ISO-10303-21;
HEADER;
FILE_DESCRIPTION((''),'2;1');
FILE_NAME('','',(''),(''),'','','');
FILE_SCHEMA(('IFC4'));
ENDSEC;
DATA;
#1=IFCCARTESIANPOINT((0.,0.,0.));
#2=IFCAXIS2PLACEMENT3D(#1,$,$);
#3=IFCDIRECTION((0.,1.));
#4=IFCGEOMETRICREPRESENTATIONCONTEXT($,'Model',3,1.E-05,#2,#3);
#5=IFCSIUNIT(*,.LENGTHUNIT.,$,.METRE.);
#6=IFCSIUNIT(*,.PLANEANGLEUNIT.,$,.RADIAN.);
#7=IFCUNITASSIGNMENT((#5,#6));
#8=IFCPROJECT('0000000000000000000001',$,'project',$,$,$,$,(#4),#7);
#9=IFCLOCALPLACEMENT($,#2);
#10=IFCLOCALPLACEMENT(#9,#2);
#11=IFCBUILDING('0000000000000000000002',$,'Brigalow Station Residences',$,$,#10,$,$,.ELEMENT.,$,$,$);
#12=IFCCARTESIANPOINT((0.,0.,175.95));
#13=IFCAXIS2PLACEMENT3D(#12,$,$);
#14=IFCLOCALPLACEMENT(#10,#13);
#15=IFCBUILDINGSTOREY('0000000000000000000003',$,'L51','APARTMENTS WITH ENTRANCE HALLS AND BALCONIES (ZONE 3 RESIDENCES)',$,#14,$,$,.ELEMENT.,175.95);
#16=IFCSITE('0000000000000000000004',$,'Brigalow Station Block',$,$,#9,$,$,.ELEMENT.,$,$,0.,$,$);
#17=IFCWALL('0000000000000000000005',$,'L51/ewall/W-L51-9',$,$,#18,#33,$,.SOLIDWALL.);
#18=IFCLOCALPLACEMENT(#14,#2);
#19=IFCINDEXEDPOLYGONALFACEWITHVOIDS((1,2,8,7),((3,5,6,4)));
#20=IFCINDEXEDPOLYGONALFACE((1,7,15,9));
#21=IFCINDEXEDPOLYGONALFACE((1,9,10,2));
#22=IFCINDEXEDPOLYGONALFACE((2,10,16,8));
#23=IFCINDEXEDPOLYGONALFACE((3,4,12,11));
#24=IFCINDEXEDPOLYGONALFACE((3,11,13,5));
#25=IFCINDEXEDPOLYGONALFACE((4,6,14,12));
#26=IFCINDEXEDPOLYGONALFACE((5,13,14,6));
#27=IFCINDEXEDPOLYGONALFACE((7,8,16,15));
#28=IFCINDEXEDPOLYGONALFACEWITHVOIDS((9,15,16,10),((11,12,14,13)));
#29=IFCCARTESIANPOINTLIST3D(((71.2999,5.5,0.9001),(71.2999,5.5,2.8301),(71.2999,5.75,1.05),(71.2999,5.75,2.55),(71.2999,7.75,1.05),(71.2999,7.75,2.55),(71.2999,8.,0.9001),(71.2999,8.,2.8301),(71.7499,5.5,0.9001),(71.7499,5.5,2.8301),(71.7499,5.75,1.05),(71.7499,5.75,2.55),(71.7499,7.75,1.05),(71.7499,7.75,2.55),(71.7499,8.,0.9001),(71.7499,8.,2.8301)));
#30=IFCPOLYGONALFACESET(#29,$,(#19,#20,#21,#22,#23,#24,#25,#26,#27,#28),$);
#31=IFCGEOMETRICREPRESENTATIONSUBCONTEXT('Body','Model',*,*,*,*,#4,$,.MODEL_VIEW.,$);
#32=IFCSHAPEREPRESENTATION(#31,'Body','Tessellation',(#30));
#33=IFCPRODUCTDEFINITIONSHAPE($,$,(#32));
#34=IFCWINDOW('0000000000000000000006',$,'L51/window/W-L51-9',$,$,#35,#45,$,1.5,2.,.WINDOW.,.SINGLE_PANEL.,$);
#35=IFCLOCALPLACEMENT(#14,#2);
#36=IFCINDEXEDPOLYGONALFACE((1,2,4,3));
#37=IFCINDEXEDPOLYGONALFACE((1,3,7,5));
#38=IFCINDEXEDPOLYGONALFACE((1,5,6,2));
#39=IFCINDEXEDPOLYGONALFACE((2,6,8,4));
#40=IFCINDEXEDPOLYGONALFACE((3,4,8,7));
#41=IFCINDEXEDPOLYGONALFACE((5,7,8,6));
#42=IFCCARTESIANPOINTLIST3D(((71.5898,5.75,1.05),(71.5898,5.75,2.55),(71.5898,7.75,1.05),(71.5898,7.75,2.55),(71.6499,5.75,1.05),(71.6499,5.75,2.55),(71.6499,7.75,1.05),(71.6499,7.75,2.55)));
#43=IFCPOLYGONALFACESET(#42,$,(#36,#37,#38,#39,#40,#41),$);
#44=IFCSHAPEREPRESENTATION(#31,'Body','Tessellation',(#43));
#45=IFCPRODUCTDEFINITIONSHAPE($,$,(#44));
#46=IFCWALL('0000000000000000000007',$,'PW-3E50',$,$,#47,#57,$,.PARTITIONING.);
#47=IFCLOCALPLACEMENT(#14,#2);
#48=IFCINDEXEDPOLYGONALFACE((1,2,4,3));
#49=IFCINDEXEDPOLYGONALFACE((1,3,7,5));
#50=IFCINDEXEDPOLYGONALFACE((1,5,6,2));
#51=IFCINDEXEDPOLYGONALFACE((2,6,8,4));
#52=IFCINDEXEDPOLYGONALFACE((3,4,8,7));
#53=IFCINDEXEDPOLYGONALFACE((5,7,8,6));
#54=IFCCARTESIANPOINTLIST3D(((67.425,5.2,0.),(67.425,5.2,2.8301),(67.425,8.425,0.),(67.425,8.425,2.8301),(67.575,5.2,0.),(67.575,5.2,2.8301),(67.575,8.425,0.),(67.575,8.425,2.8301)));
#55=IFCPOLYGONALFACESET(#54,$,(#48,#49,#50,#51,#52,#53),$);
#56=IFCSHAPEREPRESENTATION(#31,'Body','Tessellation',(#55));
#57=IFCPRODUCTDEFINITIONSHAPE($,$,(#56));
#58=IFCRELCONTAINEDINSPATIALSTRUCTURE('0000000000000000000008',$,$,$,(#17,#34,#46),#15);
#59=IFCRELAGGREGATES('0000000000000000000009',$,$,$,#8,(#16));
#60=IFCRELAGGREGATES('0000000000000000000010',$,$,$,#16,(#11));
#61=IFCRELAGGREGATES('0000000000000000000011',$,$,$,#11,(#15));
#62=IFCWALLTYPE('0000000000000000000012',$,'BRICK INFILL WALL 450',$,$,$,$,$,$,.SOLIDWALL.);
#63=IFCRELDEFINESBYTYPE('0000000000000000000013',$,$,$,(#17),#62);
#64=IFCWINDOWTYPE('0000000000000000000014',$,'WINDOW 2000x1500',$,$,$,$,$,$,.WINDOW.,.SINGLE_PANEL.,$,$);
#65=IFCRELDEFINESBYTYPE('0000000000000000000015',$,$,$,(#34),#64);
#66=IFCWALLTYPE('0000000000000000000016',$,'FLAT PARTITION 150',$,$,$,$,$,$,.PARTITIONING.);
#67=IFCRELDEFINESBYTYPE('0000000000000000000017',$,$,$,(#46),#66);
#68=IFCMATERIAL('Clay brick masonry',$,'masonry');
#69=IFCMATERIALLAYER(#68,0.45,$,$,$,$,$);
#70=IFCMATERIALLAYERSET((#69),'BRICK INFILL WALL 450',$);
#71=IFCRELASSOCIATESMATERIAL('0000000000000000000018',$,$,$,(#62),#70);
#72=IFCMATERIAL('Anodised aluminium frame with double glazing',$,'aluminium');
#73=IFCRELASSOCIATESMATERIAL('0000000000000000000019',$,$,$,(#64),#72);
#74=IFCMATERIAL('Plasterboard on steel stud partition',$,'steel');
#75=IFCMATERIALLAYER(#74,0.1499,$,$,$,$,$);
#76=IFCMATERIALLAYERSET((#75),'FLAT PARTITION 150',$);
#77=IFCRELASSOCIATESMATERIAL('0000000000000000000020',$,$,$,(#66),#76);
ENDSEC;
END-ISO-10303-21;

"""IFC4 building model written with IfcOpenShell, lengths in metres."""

from ifc_helpers import new_model, si_unit, direction, frame, frame_2d, origin, place, context, subcontext, project, spatial, rectangle, extrude, material, layer, layer_set, type_object, element, fill, save


model = new_model("IFC4")

# Units and contexts
model_context = context("Model", 3, precision=1e-05, world=origin(), true_north=direction((0.0, 1.0)))
body_context = subcontext(model_context, "Body", "Model", "MODEL_VIEW")
ifc_project = project(units=[si_unit("LENGTHUNIT", "METRE"), si_unit("PLANEANGLEUNIT", "RADIAN")], contexts=[model_context])

# Site, building, storey
site_placement = place(None, origin())
site = spatial("IfcSite", under=ifc_project, at=site_placement, Name="Brigalow Station Block", CompositionType="ELEMENT", RefElevation=0.0)
building_placement = place(site_placement, origin())
building = spatial("IfcBuilding", under=site, at=building_placement, Name="Brigalow Station Residences", CompositionType="ELEMENT")
storey_placement = place(building_placement, frame((0.0, 0.0, 175.95)))
storey = spatial("IfcBuildingStorey", under=building, at=storey_placement, Name="L51", Description="APARTMENTS WITH ENTRANCE HALLS AND BALCONIES (ZONE 3 RESIDENCES)", CompositionType="ELEMENT", Elevation=175.95)

# Wall, opening, window
ifc_material_1 = material(Name="Clay brick masonry", Category="masonry")
ifc_layer_1 = layer(ifc_material_1, 0.45)
ifc_layer_set_1 = layer_set([ifc_layer_1], Name="BRICK INFILL WALL 450")
wall_type_1 = type_object("IfcWallType", Name="BRICK INFILL WALL 450", PredefinedType="SOLIDWALL", material=ifc_layer_set_1)
wall_1_placement = place(storey_placement, frame((71.5249, 5.5, 0.9001), z_axis=(0.0, 0.0, 1.0), x_axis=(0.0, 1.0, 0.0)))
wall_1 = element("IfcWall", 1, at=wall_1_placement, inside=storey, type_object=wall_type_1, Name="L51/ewall/W-L51-9", PredefinedType="SOLIDWALL", context=body_context, shape_type="SweptSolid", body=[
    extrude(rectangle(XDim=2.5, YDim=0.45, at=frame_2d((1.25, 0.0))), origin(), (0.0, 0.0, 1.0), 1.9299),
])
opening_1_placement = place(wall_1_placement, frame((0.25, 0.0, 0.1499)))
opening_1 = element("IfcOpeningElement", 2, at=opening_1_placement, cuts=wall_1, PredefinedType="OPENING", context=body_context, shape_type="SweptSolid", body=[
    extrude(rectangle(XDim=2.0, YDim=1.5, at=frame_2d((1.0, 0.75))), frame((0.0, 0.2349, 0.0), z_axis=(0.0, -1.0, 0.0), x_axis=(1.0, 0.0, 0.0)), (0.0, 0.0, 1.0), 0.47),
])
ifc_material_2 = material(Name="Anodised aluminium frame with double glazing", Category="aluminium")
window_type_1 = type_object("IfcWindowType", Name="WINDOW 2000x1500", PartitioningType="SINGLE_PANEL", PredefinedType="WINDOW", material=ifc_material_2)
window_1_placement = place(opening_1_placement, origin())
window_1 = element("IfcWindow", 3, at=window_1_placement, inside=storey, type_object=window_type_1, Name="L51/window/W-L51-9", OverallHeight=1.5, OverallWidth=2.0, PartitioningType="SINGLE_PANEL", PredefinedType="WINDOW", context=body_context, shape_type="SweptSolid", body=[
    extrude(rectangle(XDim=2.0, YDim=1.5, at=frame_2d((1.0, 0.75))), frame((0.0, -0.0649, 0.0), z_axis=(0.0, -1.0, 0.0), x_axis=(1.0, 0.0, 0.0)), (0.0, 0.0, 1.0), 0.0601),
])
fill(opening_1, window_1)

# Wall
ifc_material_3 = material(Name="Plasterboard on steel stud partition", Category="steel")
ifc_layer_2 = layer(ifc_material_3, 0.1499)
ifc_layer_set_2 = layer_set([ifc_layer_2], Name="FLAT PARTITION 150")
wall_type_2 = type_object("IfcWallType", Name="FLAT PARTITION 150", PredefinedType="PARTITIONING", material=ifc_layer_set_2)
wall_2_placement = place(storey_placement, frame((67.5, 5.2, 0.0), z_axis=(0.0, 0.0, 1.0), x_axis=(0.0, 1.0, 0.0)))
element("IfcWall", 4, at=wall_2_placement, inside=storey, type_object=wall_type_2, Name="PW-3E50", PredefinedType="PARTITIONING", context=body_context, shape_type="SweptSolid", body=[
    extrude(rectangle(XDim=3.2251, YDim=0.1499, at=frame_2d((1.6125, 0.0))), origin(), (0.0, 0.0, 1.0), 2.8301),
])

save(model, "model.ifc")
